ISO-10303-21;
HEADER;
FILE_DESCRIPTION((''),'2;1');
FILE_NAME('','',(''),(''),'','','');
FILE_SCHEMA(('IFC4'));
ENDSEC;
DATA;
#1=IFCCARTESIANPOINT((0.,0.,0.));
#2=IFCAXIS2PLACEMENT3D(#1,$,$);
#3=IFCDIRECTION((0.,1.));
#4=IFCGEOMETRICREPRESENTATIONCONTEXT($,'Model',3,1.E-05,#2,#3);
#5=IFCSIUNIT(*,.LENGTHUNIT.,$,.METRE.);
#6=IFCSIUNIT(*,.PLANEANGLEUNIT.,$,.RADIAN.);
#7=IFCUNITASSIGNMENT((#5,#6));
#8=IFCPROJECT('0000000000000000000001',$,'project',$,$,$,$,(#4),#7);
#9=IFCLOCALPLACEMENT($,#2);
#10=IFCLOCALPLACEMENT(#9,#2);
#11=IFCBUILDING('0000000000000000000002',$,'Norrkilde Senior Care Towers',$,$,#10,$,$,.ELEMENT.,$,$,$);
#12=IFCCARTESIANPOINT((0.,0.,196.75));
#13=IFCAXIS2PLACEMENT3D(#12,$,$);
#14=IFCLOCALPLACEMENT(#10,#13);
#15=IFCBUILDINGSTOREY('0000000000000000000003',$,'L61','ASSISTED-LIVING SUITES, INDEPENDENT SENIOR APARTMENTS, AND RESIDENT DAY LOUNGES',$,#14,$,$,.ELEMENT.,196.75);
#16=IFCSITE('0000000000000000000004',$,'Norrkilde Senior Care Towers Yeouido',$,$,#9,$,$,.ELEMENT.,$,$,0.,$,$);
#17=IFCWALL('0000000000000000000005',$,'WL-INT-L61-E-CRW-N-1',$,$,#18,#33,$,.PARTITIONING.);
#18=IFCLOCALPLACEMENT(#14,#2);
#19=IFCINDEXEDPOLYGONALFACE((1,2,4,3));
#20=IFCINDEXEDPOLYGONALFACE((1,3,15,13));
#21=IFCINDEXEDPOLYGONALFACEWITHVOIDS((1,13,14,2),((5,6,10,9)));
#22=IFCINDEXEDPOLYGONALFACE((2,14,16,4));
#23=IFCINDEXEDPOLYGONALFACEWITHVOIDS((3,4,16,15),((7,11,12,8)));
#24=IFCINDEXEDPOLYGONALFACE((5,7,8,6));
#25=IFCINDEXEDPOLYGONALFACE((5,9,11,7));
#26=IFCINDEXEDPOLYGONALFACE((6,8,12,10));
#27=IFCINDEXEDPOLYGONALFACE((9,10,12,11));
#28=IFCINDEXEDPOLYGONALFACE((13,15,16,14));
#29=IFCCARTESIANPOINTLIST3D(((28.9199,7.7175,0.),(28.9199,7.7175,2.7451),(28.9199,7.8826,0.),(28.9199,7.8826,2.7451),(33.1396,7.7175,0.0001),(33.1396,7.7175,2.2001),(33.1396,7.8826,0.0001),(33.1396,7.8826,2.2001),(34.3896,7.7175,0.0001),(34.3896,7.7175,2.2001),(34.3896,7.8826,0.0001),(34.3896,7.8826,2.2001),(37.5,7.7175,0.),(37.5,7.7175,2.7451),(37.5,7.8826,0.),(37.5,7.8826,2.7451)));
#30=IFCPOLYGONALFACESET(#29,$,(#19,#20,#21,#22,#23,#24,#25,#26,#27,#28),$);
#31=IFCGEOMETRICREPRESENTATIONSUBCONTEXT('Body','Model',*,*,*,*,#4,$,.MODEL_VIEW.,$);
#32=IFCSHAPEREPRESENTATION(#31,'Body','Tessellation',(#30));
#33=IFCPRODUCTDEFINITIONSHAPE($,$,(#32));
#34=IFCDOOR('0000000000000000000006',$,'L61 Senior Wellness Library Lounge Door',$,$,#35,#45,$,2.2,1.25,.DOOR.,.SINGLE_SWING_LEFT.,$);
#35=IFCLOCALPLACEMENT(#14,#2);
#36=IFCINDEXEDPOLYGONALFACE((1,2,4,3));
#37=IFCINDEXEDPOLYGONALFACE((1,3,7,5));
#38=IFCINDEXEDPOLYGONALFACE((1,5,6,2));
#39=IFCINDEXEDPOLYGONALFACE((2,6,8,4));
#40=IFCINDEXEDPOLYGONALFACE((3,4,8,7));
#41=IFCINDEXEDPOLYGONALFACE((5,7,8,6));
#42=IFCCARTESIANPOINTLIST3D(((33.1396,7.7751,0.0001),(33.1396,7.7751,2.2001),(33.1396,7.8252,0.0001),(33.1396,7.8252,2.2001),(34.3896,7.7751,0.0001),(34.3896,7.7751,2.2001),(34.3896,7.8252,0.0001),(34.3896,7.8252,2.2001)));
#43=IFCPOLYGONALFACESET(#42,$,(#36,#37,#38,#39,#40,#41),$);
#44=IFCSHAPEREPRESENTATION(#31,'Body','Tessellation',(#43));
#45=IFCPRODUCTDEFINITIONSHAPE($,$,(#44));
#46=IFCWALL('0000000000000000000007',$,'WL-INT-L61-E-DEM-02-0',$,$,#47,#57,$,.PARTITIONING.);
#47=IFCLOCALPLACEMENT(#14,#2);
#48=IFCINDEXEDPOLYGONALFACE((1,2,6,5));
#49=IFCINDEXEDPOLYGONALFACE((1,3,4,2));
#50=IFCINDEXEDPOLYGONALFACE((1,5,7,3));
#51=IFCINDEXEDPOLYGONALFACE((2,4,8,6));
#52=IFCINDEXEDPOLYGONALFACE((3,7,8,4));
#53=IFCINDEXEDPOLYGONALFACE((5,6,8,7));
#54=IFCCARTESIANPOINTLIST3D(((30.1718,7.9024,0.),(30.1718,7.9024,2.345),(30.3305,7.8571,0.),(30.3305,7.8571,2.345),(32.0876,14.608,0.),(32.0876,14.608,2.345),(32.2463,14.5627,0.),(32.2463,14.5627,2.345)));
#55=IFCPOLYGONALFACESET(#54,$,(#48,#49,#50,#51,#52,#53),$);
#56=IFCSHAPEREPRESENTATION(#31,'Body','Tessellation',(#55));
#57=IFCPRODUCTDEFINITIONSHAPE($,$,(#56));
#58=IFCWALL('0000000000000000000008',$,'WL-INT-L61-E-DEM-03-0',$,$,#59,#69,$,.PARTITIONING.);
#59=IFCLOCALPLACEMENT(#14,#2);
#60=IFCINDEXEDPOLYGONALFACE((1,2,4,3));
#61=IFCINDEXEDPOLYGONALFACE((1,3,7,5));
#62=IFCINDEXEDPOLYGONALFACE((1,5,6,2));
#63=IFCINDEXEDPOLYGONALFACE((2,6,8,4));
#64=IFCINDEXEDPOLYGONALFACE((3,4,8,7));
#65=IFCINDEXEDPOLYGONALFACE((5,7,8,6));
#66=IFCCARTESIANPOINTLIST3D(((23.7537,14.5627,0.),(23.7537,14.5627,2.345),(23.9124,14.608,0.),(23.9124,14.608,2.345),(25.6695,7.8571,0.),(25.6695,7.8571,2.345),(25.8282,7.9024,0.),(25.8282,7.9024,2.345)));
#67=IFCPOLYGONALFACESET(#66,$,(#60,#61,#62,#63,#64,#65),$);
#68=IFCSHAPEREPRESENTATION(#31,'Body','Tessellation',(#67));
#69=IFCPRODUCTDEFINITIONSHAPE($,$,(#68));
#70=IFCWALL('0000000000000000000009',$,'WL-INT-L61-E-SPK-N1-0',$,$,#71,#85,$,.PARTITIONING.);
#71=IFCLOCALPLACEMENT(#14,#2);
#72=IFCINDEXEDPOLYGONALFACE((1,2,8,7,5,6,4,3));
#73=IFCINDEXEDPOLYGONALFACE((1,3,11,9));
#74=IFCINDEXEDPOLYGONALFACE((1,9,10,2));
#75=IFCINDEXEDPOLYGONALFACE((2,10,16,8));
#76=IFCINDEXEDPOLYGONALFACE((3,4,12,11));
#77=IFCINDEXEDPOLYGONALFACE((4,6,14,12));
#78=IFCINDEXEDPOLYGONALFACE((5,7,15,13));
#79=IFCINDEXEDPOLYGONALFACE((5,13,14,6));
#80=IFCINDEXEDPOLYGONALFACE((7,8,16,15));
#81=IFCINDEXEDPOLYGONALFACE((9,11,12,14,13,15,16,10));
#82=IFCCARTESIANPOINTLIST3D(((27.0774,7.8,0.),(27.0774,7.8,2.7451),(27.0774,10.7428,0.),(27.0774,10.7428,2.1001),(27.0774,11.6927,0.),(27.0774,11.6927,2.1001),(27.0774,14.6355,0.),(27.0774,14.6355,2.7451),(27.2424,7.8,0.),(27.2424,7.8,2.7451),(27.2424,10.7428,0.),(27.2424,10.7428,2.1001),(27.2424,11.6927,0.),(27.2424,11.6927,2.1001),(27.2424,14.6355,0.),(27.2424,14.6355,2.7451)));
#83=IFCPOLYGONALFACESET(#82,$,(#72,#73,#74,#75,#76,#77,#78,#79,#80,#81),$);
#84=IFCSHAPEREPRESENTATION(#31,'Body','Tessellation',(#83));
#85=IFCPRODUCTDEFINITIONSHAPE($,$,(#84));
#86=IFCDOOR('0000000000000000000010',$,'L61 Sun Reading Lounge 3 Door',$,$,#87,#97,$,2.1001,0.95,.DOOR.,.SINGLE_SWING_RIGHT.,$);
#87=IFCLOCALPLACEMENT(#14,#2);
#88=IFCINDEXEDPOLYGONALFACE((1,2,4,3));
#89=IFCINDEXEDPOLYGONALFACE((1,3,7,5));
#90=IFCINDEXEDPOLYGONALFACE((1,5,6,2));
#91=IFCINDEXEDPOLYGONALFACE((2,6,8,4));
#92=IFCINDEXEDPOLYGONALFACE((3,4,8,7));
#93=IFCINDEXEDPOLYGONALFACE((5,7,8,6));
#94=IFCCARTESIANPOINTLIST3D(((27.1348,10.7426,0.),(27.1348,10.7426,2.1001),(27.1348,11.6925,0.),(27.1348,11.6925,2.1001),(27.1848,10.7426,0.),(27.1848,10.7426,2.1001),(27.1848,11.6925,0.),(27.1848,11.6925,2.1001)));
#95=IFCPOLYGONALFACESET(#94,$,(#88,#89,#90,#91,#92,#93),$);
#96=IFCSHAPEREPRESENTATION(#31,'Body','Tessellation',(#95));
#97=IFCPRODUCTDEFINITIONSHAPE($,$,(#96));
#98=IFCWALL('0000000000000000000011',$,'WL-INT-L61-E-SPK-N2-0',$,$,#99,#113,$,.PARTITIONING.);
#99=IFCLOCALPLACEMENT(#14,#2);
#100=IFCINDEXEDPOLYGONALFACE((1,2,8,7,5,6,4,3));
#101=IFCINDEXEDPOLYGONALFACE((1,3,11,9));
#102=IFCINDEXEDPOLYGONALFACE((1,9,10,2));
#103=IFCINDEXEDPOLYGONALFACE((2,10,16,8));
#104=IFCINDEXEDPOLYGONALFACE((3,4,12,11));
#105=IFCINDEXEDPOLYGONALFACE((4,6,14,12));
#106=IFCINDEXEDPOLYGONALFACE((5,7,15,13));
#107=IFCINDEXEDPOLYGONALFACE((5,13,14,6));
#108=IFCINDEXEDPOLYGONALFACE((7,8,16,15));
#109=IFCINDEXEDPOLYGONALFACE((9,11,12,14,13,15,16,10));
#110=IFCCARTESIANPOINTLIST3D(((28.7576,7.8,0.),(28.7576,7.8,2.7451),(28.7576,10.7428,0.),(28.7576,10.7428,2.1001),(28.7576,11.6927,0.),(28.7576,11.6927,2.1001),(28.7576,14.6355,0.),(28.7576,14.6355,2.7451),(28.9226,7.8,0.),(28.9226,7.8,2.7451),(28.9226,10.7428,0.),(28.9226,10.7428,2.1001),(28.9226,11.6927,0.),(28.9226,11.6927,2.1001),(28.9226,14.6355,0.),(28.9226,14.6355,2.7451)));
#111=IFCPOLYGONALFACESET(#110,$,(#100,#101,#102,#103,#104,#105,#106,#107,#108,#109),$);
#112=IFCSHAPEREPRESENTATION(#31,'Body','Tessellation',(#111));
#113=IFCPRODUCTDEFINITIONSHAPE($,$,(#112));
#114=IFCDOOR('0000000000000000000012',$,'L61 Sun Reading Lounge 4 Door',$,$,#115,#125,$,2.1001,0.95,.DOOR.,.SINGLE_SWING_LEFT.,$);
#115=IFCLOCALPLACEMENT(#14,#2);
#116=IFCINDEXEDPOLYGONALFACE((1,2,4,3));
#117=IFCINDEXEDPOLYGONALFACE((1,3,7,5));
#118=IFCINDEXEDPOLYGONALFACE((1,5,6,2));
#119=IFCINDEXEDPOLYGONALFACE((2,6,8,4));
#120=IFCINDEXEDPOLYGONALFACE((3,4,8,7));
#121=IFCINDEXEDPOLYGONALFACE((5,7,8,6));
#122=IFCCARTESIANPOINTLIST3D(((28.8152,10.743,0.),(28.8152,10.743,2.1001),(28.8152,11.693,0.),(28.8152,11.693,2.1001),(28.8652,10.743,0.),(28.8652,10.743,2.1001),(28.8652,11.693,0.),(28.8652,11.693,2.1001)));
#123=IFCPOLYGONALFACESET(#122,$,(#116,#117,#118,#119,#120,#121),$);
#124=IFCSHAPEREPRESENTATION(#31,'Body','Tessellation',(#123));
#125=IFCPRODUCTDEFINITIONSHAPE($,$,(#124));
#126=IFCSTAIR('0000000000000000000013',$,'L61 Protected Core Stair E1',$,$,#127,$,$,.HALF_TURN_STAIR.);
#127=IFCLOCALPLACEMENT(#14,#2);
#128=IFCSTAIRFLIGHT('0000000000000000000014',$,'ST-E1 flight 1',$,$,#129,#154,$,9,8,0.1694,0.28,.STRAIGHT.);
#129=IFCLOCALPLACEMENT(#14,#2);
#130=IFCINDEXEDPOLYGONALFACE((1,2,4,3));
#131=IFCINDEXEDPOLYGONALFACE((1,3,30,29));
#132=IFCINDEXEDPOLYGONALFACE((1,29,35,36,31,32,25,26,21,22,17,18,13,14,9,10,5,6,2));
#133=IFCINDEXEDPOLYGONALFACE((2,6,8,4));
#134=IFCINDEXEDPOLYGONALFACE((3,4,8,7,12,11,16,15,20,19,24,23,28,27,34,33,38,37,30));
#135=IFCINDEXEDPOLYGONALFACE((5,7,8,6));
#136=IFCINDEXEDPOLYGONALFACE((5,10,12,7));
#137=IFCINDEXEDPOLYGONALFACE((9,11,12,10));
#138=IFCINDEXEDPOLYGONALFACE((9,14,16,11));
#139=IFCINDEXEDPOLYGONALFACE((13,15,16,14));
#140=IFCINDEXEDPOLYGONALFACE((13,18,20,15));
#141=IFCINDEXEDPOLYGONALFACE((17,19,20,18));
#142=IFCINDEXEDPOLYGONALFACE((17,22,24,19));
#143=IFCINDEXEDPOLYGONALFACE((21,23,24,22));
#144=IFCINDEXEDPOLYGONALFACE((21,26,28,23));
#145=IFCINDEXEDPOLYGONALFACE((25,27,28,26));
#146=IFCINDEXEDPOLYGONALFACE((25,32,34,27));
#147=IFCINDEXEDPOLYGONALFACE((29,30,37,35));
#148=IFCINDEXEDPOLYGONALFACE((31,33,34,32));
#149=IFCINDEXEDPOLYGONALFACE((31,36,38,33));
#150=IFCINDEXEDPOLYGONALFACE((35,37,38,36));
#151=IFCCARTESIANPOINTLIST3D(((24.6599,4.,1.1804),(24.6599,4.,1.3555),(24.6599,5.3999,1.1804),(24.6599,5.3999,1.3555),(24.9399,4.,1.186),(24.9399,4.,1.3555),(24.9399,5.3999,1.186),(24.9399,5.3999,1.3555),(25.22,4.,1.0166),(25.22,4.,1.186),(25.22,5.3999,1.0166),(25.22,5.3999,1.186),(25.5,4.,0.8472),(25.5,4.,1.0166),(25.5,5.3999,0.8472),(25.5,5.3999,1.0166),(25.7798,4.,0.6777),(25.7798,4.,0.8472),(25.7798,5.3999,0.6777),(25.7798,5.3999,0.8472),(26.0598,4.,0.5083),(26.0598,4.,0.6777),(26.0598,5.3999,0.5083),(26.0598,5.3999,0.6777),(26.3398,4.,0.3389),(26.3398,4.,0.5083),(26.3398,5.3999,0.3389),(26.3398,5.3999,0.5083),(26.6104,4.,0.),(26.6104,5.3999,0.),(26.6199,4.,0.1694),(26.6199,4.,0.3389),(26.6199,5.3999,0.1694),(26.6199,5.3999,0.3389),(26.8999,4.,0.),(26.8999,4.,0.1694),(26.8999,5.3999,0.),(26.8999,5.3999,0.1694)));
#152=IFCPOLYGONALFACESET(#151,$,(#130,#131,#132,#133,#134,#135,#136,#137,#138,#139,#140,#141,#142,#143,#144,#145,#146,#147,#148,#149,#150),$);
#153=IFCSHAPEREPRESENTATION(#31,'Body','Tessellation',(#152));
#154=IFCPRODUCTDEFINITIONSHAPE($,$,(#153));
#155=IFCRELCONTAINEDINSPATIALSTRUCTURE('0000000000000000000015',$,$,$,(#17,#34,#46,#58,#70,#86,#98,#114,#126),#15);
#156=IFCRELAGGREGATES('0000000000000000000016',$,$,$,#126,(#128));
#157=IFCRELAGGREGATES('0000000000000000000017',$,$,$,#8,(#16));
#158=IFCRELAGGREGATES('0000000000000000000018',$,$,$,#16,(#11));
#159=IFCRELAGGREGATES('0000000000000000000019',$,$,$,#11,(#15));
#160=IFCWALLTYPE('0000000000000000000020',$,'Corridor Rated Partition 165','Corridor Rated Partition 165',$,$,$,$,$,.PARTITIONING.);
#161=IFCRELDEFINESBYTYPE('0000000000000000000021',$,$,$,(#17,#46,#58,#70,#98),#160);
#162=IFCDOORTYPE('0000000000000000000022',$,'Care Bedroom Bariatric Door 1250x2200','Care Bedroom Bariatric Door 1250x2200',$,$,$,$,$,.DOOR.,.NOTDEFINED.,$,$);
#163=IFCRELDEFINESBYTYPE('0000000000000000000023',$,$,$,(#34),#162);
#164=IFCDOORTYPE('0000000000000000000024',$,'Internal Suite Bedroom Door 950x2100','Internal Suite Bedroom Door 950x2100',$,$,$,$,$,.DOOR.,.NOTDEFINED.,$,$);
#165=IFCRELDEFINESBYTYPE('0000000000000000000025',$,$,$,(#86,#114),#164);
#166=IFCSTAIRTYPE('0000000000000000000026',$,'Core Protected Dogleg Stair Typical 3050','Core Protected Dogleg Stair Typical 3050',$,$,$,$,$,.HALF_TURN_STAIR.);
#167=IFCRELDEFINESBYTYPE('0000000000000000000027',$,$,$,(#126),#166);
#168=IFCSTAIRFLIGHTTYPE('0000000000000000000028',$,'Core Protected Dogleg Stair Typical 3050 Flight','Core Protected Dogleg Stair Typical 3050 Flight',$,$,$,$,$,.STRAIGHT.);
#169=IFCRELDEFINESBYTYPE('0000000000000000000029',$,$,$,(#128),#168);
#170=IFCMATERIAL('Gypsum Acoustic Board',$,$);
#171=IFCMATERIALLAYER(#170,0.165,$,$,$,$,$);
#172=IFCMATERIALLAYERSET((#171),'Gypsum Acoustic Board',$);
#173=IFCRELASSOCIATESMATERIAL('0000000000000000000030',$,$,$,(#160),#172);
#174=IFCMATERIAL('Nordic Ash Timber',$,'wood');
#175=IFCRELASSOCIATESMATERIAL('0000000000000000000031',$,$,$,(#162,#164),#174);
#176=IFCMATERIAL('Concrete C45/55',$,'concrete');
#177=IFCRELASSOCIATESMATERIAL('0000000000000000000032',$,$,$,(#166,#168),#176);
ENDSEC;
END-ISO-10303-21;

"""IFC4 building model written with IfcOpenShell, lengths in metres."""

from ifc_helpers import new_model, si_unit, direction, frame, frame_2d, origin, place, context, subcontext, project, spatial, polyline, rectangle, outline, extrude, source, transform, mapped, material, layer, layer_set, type_object, type_shapes, element, fill, aggregate, save


model = new_model("IFC4")

# Units and contexts
model_context = context("Model", 3, precision=1e-05, world=origin(), true_north=direction((0.0, 1.0)))
body_context = subcontext(model_context, "Body", "Model", "MODEL_VIEW")
ifc_project = project(units=[si_unit("LENGTHUNIT", "METRE"), si_unit("PLANEANGLEUNIT", "RADIAN")], contexts=[model_context])

# Site, building, storey
site_placement = place(None, origin())
site = spatial("IfcSite", under=ifc_project, at=site_placement, Name="Norrkilde Senior Care Towers Yeouido", CompositionType="ELEMENT", RefElevation=0.0)
building_placement = place(site_placement, origin())
building = spatial("IfcBuilding", under=site, at=building_placement, Name="Norrkilde Senior Care Towers", CompositionType="ELEMENT")
storey_placement = place(building_placement, frame((0.0, 0.0, 196.75)))
storey = spatial("IfcBuildingStorey", under=building, at=storey_placement, Name="L61", Description="ASSISTED-LIVING SUITES, INDEPENDENT SENIOR APARTMENTS, AND RESIDENT DAY LOUNGES", CompositionType="ELEMENT", Elevation=196.75)

# Shared definitions
ifc_material_1 = material(Name="Concrete C45/55", Category="concrete")

# Wall, opening, door
ifc_material_2 = material(Name="Gypsum Acoustic Board")
ifc_layer_1 = layer(ifc_material_2, 0.165)
ifc_layer_set_1 = layer_set([ifc_layer_1], Name="Gypsum Acoustic Board")
wall_type_1 = type_object("IfcWallType", Name="Corridor Rated Partition 165", Description="Corridor Rated Partition 165", PredefinedType="PARTITIONING", material=ifc_layer_set_1)
shared_shape_1 = source(origin(), body_context, "Body", "SweptSolid", [
    extrude(rectangle(XDim=8.5801, YDim=0.165, at=frame_2d((4.29, 0.0))), origin(), (0.0, 0.0, 1.0), 2.7451),
])
wall_1_placement = place(storey_placement, frame((28.9199, 7.8, 0.0), z_axis=(0.0, 0.0, 1.0), x_axis=(1.0, 0.0, 0.0)))
wall_1 = element("IfcWall", 1, at=wall_1_placement, inside=storey, type_object=wall_type_1, Name="WL-INT-L61-E-CRW-N-1", PredefinedType="PARTITIONING", context=body_context, shape_type="MappedRepresentation", body=[
    mapped(shared_shape_1, transform((0.0, 0.0, 0.0), x_axis=(1.0, 0.0, 0.0), y_axis=(0.0, 1.0, 0.0), z_axis=(0.0, 0.0, 1.0), scale=1.0)),
])
opening_1_placement = place(wall_1_placement, frame((4.2197, 0.0, 0.0)))
opening_1 = element("IfcOpeningElement", 2, at=opening_1_placement, cuts=wall_1, PredefinedType="OPENING", context=body_context, shape_type="SweptSolid", body=[
    extrude(rectangle(XDim=1.25, YDim=2.2, at=frame_2d((0.625, 1.1001))), frame((0.0, 0.0925, 0.0), z_axis=(0.0, -1.0, 0.0), x_axis=(1.0, 0.0, 0.0)), (0.0, 0.0, 1.0), 0.1851),
])
ifc_material_3 = material(Name="Nordic Ash Timber", Category="wood")
door_type_1 = type_object("IfcDoorType", Name="Care Bedroom Bariatric Door 1250x2200", Description="Care Bedroom Bariatric Door 1250x2200", OperationType="NOTDEFINED", PredefinedType="DOOR", material=ifc_material_3)
shared_shape_2 = source(origin(), body_context, "Body", "SweptSolid", [
    extrude(rectangle(XDim=1.25, YDim=2.2, at=frame_2d((0.625, 1.1001))), frame((0.0, 0.0249, 0.0), z_axis=(0.0, -1.0, 0.0), x_axis=(1.0, 0.0, 0.0)), (0.0, 0.0, 1.0), 0.05),
])
type_shapes(door_type_1, [shared_shape_2])
door_1_placement = place(opening_1_placement, frame((1.25, 0.0, 0.0), z_axis=(0.0, 0.0, 1.0), x_axis=(-1.0, 0.0, 0.0)))
door_1 = element("IfcDoor", 3, at=door_1_placement, inside=storey, type_object=door_type_1, Name="L61 Senior Wellness Library Lounge Door", OperationType="SINGLE_SWING_LEFT", OverallHeight=2.2, OverallWidth=1.25, PredefinedType="DOOR", context=body_context, shape_type="MappedRepresentation", body=[
    mapped(shared_shape_2, transform((0.0, 0.0, 0.0), x_axis=(1.0, 0.0, 0.0), y_axis=(0.0, 1.0, 0.0), z_axis=(0.0, 0.0, 1.0), scale=1.0)),
])
fill(opening_1, door_1)

# Walls
shared_shape_3 = source(origin(), body_context, "Body", "SweptSolid", [
    extrude(rectangle(XDim=6.9739, YDim=0.165, at=frame_2d((3.4868, 0.0))), origin(), (0.0, 0.0, 1.0), 2.345),
])
for number, where, z_axis, x_axis, name in (
    (4, (30.2512, 7.8799, 0.0), (0.0, 0.0, 1.0), (0.274707, 0.961528, 0.0), "WL-INT-L61-E-DEM-02-0"),
    (5, (25.7488, 7.8799, 0.0), (0.0, 0.0, 1.0), (-0.274707, 0.961528, 0.0), "WL-INT-L61-E-DEM-03-0"),
):
    element("IfcWall", number, at=place(storey_placement, frame(where, z_axis=z_axis, x_axis=x_axis)), inside=storey, type_object=wall_type_1, Name=name, PredefinedType="PARTITIONING", context=body_context, shape_type="MappedRepresentation", body=[
        mapped(shared_shape_3, transform((0.0, 0.0, 0.0), x_axis=(1.0, 0.0, 0.0), y_axis=(0.0, 1.0, 0.0), z_axis=(0.0, 0.0, 1.0), scale=1.0)),
    ])

# Walls, openings, doors
shared_shape_4 = source(origin(), body_context, "Body", "SweptSolid", [
    extrude(rectangle(XDim=6.8354, YDim=0.165, at=frame_2d((3.4177, 0.0))), origin(), (0.0, 0.0, 1.0), 2.7451),
])
type_shapes(wall_type_1, [shared_shape_1, shared_shape_3, shared_shape_4])
wall_2_placement = place(storey_placement, frame((27.1599, 7.8, 0.0), z_axis=(0.0, 0.0, 1.0), x_axis=(0.0, 1.0, 0.0)))
wall_2 = element("IfcWall", 6, at=wall_2_placement, inside=storey, type_object=wall_type_1, Name="WL-INT-L61-E-SPK-N1-0", PredefinedType="PARTITIONING", context=body_context, shape_type="MappedRepresentation", body=[
    mapped(shared_shape_4, transform((0.0, 0.0, 0.0), x_axis=(1.0, 0.0, 0.0), y_axis=(0.0, 1.0, 0.0), z_axis=(0.0, 0.0, 1.0), scale=1.0)),
])
opening_2_placement = place(wall_2_placement, frame((2.9426, 0.0, 0.0)))
opening_2 = element("IfcOpeningElement", 7, at=opening_2_placement, cuts=wall_2, PredefinedType="OPENING", context=body_context, shape_type="SweptSolid", body=[
    extrude(rectangle(XDim=0.95, YDim=2.1001, at=frame_2d((0.4751, 1.05))), frame((0.0, 0.0925, 0.0), z_axis=(0.0, -1.0, 0.0), x_axis=(1.0, 0.0, 0.0)), (0.0, 0.0, 1.0), 0.1851),
])
door_type_2 = type_object("IfcDoorType", Name="Internal Suite Bedroom Door 950x2100", Description="Internal Suite Bedroom Door 950x2100", OperationType="NOTDEFINED", PredefinedType="DOOR", material=ifc_material_3)
shared_shape_5 = source(origin(), body_context, "Body", "SweptSolid", [
    extrude(rectangle(XDim=0.95, YDim=2.1001, at=frame_2d((0.4751, 1.05))), frame((0.0, 0.0249, 0.0), z_axis=(0.0, -1.0, 0.0), x_axis=(1.0, 0.0, 0.0)), (0.0, 0.0, 1.0), 0.05),
])
type_shapes(door_type_2, [shared_shape_5])
door_2_placement = place(opening_2_placement, frame((0.95, 0.0, 0.0), z_axis=(0.0, 0.0, 1.0), x_axis=(-1.0, 0.0, 0.0)))
door_2 = element("IfcDoor", 8, at=door_2_placement, inside=storey, type_object=door_type_2, Name="L61 Sun Reading Lounge 3 Door", OperationType="SINGLE_SWING_RIGHT", OverallHeight=2.1001, OverallWidth=0.95, PredefinedType="DOOR", context=body_context, shape_type="MappedRepresentation", body=[
    mapped(shared_shape_5, transform((0.0, 0.0, 0.0), x_axis=(1.0, 0.0, 0.0), y_axis=(0.0, 1.0, 0.0), z_axis=(0.0, 0.0, 1.0), scale=1.0)),
])
fill(opening_2, door_2)
wall_3_placement = place(storey_placement, frame((28.8401, 14.6355, 0.0), z_axis=(0.0, 0.0, 1.0), x_axis=(0.0, -1.0, 0.0)))
wall_3 = element("IfcWall", 9, at=wall_3_placement, inside=storey, type_object=wall_type_1, Name="WL-INT-L61-E-SPK-N2-0", PredefinedType="PARTITIONING", context=body_context, shape_type="MappedRepresentation", body=[
    mapped(shared_shape_4, transform((0.0, 0.0, 0.0), x_axis=(1.0, 0.0, 0.0), y_axis=(0.0, 1.0, 0.0), z_axis=(0.0, 0.0, 1.0), scale=1.0)),
])
opening_3_placement = place(wall_3_placement, frame((2.9426, 0.0, 0.0)))
opening_3 = element("IfcOpeningElement", 10, at=opening_3_placement, cuts=wall_3, PredefinedType="OPENING", context=body_context, shape_type="SweptSolid", body=[
    extrude(rectangle(XDim=0.95, YDim=2.1001, at=frame_2d((0.4751, 1.05))), frame((0.0, 0.0925, 0.0), z_axis=(0.0, -1.0, 0.0), x_axis=(1.0, 0.0, 0.0)), (0.0, 0.0, 1.0), 0.1851),
])
door_3_placement = place(opening_3_placement, frame((0.95, 0.0, 0.0), z_axis=(0.0, 0.0, 1.0), x_axis=(-1.0, 0.0, 0.0)))
door_3 = element("IfcDoor", 11, at=door_3_placement, inside=storey, type_object=door_type_2, Name="L61 Sun Reading Lounge 4 Door", OperationType="SINGLE_SWING_LEFT", OverallHeight=2.1001, OverallWidth=0.95, PredefinedType="DOOR", context=body_context, shape_type="MappedRepresentation", body=[
    mapped(shared_shape_5, transform((0.0, 0.0, 0.0), x_axis=(1.0, 0.0, 0.0), y_axis=(0.0, 1.0, 0.0), z_axis=(0.0, 0.0, 1.0), scale=1.0)),
])
fill(opening_3, door_3)

# Stair, stair flight
stair_type = type_object("IfcStairType", Name="Core Protected Dogleg Stair Typical 3050", Description="Core Protected Dogleg Stair Typical 3050", PredefinedType="HALF_TURN_STAIR", material=ifc_material_1)
stair_placement = place(storey_placement, origin())
stair = element("IfcStair", 12, at=stair_placement, inside=storey, type_object=stair_type, Name="L61 Protected Core Stair E1", PredefinedType="HALF_TURN_STAIR")
stair_flight_type = type_object("IfcStairFlightType", Name="Core Protected Dogleg Stair Typical 3050 Flight", Description="Core Protected Dogleg Stair Typical 3050 Flight", PredefinedType="STRAIGHT", material=ifc_material_1)
stair_flight_1_placement = place(storey_placement, frame((26.8999, 4.7, 0.0), z_axis=(0.0, 0.0, 1.0), x_axis=(-1.0, 0.0, 0.0)))
stair_flight_1 = element("IfcStairFlight", 13, at=stair_flight_1_placement, type_object=stair_flight_type, Name="ST-E1 flight 1", NumberOfRisers=9, NumberOfTreads=8, PredefinedType="STRAIGHT", RiserHeight=0.1694, TreadLength=0.28, context=body_context, shape_type="SweptSolid", body=[
    extrude(outline(polyline([(0.0, 0.0), (0.0, 0.1694), (0.28, 0.1694), (0.28, 0.3389), (0.5601, 0.3389), (0.5601, 0.5083), (0.8401, 0.5083), (0.8401, 0.6777), (1.1201, 0.6777), (1.1201, 0.8472), (1.3999, 0.8472), (1.3999, 1.0166), (1.6799, 1.0166), (1.6799, 1.186), (1.96, 1.186), (1.96, 1.3555), (2.24, 1.3555), (2.24, 1.5249), (2.24, 1.1804), (0.2896, 0.0), (0.0, 0.0)])), frame((0.0, 0.7, 0.0), z_axis=(0.0, -1.0, 0.0), x_axis=(1.0, 0.0, 0.0)), (0.0, 0.0, 1.0), 1.3999),
])
aggregate(stair, [stair_flight_1])

save(model, "model.ifc")
